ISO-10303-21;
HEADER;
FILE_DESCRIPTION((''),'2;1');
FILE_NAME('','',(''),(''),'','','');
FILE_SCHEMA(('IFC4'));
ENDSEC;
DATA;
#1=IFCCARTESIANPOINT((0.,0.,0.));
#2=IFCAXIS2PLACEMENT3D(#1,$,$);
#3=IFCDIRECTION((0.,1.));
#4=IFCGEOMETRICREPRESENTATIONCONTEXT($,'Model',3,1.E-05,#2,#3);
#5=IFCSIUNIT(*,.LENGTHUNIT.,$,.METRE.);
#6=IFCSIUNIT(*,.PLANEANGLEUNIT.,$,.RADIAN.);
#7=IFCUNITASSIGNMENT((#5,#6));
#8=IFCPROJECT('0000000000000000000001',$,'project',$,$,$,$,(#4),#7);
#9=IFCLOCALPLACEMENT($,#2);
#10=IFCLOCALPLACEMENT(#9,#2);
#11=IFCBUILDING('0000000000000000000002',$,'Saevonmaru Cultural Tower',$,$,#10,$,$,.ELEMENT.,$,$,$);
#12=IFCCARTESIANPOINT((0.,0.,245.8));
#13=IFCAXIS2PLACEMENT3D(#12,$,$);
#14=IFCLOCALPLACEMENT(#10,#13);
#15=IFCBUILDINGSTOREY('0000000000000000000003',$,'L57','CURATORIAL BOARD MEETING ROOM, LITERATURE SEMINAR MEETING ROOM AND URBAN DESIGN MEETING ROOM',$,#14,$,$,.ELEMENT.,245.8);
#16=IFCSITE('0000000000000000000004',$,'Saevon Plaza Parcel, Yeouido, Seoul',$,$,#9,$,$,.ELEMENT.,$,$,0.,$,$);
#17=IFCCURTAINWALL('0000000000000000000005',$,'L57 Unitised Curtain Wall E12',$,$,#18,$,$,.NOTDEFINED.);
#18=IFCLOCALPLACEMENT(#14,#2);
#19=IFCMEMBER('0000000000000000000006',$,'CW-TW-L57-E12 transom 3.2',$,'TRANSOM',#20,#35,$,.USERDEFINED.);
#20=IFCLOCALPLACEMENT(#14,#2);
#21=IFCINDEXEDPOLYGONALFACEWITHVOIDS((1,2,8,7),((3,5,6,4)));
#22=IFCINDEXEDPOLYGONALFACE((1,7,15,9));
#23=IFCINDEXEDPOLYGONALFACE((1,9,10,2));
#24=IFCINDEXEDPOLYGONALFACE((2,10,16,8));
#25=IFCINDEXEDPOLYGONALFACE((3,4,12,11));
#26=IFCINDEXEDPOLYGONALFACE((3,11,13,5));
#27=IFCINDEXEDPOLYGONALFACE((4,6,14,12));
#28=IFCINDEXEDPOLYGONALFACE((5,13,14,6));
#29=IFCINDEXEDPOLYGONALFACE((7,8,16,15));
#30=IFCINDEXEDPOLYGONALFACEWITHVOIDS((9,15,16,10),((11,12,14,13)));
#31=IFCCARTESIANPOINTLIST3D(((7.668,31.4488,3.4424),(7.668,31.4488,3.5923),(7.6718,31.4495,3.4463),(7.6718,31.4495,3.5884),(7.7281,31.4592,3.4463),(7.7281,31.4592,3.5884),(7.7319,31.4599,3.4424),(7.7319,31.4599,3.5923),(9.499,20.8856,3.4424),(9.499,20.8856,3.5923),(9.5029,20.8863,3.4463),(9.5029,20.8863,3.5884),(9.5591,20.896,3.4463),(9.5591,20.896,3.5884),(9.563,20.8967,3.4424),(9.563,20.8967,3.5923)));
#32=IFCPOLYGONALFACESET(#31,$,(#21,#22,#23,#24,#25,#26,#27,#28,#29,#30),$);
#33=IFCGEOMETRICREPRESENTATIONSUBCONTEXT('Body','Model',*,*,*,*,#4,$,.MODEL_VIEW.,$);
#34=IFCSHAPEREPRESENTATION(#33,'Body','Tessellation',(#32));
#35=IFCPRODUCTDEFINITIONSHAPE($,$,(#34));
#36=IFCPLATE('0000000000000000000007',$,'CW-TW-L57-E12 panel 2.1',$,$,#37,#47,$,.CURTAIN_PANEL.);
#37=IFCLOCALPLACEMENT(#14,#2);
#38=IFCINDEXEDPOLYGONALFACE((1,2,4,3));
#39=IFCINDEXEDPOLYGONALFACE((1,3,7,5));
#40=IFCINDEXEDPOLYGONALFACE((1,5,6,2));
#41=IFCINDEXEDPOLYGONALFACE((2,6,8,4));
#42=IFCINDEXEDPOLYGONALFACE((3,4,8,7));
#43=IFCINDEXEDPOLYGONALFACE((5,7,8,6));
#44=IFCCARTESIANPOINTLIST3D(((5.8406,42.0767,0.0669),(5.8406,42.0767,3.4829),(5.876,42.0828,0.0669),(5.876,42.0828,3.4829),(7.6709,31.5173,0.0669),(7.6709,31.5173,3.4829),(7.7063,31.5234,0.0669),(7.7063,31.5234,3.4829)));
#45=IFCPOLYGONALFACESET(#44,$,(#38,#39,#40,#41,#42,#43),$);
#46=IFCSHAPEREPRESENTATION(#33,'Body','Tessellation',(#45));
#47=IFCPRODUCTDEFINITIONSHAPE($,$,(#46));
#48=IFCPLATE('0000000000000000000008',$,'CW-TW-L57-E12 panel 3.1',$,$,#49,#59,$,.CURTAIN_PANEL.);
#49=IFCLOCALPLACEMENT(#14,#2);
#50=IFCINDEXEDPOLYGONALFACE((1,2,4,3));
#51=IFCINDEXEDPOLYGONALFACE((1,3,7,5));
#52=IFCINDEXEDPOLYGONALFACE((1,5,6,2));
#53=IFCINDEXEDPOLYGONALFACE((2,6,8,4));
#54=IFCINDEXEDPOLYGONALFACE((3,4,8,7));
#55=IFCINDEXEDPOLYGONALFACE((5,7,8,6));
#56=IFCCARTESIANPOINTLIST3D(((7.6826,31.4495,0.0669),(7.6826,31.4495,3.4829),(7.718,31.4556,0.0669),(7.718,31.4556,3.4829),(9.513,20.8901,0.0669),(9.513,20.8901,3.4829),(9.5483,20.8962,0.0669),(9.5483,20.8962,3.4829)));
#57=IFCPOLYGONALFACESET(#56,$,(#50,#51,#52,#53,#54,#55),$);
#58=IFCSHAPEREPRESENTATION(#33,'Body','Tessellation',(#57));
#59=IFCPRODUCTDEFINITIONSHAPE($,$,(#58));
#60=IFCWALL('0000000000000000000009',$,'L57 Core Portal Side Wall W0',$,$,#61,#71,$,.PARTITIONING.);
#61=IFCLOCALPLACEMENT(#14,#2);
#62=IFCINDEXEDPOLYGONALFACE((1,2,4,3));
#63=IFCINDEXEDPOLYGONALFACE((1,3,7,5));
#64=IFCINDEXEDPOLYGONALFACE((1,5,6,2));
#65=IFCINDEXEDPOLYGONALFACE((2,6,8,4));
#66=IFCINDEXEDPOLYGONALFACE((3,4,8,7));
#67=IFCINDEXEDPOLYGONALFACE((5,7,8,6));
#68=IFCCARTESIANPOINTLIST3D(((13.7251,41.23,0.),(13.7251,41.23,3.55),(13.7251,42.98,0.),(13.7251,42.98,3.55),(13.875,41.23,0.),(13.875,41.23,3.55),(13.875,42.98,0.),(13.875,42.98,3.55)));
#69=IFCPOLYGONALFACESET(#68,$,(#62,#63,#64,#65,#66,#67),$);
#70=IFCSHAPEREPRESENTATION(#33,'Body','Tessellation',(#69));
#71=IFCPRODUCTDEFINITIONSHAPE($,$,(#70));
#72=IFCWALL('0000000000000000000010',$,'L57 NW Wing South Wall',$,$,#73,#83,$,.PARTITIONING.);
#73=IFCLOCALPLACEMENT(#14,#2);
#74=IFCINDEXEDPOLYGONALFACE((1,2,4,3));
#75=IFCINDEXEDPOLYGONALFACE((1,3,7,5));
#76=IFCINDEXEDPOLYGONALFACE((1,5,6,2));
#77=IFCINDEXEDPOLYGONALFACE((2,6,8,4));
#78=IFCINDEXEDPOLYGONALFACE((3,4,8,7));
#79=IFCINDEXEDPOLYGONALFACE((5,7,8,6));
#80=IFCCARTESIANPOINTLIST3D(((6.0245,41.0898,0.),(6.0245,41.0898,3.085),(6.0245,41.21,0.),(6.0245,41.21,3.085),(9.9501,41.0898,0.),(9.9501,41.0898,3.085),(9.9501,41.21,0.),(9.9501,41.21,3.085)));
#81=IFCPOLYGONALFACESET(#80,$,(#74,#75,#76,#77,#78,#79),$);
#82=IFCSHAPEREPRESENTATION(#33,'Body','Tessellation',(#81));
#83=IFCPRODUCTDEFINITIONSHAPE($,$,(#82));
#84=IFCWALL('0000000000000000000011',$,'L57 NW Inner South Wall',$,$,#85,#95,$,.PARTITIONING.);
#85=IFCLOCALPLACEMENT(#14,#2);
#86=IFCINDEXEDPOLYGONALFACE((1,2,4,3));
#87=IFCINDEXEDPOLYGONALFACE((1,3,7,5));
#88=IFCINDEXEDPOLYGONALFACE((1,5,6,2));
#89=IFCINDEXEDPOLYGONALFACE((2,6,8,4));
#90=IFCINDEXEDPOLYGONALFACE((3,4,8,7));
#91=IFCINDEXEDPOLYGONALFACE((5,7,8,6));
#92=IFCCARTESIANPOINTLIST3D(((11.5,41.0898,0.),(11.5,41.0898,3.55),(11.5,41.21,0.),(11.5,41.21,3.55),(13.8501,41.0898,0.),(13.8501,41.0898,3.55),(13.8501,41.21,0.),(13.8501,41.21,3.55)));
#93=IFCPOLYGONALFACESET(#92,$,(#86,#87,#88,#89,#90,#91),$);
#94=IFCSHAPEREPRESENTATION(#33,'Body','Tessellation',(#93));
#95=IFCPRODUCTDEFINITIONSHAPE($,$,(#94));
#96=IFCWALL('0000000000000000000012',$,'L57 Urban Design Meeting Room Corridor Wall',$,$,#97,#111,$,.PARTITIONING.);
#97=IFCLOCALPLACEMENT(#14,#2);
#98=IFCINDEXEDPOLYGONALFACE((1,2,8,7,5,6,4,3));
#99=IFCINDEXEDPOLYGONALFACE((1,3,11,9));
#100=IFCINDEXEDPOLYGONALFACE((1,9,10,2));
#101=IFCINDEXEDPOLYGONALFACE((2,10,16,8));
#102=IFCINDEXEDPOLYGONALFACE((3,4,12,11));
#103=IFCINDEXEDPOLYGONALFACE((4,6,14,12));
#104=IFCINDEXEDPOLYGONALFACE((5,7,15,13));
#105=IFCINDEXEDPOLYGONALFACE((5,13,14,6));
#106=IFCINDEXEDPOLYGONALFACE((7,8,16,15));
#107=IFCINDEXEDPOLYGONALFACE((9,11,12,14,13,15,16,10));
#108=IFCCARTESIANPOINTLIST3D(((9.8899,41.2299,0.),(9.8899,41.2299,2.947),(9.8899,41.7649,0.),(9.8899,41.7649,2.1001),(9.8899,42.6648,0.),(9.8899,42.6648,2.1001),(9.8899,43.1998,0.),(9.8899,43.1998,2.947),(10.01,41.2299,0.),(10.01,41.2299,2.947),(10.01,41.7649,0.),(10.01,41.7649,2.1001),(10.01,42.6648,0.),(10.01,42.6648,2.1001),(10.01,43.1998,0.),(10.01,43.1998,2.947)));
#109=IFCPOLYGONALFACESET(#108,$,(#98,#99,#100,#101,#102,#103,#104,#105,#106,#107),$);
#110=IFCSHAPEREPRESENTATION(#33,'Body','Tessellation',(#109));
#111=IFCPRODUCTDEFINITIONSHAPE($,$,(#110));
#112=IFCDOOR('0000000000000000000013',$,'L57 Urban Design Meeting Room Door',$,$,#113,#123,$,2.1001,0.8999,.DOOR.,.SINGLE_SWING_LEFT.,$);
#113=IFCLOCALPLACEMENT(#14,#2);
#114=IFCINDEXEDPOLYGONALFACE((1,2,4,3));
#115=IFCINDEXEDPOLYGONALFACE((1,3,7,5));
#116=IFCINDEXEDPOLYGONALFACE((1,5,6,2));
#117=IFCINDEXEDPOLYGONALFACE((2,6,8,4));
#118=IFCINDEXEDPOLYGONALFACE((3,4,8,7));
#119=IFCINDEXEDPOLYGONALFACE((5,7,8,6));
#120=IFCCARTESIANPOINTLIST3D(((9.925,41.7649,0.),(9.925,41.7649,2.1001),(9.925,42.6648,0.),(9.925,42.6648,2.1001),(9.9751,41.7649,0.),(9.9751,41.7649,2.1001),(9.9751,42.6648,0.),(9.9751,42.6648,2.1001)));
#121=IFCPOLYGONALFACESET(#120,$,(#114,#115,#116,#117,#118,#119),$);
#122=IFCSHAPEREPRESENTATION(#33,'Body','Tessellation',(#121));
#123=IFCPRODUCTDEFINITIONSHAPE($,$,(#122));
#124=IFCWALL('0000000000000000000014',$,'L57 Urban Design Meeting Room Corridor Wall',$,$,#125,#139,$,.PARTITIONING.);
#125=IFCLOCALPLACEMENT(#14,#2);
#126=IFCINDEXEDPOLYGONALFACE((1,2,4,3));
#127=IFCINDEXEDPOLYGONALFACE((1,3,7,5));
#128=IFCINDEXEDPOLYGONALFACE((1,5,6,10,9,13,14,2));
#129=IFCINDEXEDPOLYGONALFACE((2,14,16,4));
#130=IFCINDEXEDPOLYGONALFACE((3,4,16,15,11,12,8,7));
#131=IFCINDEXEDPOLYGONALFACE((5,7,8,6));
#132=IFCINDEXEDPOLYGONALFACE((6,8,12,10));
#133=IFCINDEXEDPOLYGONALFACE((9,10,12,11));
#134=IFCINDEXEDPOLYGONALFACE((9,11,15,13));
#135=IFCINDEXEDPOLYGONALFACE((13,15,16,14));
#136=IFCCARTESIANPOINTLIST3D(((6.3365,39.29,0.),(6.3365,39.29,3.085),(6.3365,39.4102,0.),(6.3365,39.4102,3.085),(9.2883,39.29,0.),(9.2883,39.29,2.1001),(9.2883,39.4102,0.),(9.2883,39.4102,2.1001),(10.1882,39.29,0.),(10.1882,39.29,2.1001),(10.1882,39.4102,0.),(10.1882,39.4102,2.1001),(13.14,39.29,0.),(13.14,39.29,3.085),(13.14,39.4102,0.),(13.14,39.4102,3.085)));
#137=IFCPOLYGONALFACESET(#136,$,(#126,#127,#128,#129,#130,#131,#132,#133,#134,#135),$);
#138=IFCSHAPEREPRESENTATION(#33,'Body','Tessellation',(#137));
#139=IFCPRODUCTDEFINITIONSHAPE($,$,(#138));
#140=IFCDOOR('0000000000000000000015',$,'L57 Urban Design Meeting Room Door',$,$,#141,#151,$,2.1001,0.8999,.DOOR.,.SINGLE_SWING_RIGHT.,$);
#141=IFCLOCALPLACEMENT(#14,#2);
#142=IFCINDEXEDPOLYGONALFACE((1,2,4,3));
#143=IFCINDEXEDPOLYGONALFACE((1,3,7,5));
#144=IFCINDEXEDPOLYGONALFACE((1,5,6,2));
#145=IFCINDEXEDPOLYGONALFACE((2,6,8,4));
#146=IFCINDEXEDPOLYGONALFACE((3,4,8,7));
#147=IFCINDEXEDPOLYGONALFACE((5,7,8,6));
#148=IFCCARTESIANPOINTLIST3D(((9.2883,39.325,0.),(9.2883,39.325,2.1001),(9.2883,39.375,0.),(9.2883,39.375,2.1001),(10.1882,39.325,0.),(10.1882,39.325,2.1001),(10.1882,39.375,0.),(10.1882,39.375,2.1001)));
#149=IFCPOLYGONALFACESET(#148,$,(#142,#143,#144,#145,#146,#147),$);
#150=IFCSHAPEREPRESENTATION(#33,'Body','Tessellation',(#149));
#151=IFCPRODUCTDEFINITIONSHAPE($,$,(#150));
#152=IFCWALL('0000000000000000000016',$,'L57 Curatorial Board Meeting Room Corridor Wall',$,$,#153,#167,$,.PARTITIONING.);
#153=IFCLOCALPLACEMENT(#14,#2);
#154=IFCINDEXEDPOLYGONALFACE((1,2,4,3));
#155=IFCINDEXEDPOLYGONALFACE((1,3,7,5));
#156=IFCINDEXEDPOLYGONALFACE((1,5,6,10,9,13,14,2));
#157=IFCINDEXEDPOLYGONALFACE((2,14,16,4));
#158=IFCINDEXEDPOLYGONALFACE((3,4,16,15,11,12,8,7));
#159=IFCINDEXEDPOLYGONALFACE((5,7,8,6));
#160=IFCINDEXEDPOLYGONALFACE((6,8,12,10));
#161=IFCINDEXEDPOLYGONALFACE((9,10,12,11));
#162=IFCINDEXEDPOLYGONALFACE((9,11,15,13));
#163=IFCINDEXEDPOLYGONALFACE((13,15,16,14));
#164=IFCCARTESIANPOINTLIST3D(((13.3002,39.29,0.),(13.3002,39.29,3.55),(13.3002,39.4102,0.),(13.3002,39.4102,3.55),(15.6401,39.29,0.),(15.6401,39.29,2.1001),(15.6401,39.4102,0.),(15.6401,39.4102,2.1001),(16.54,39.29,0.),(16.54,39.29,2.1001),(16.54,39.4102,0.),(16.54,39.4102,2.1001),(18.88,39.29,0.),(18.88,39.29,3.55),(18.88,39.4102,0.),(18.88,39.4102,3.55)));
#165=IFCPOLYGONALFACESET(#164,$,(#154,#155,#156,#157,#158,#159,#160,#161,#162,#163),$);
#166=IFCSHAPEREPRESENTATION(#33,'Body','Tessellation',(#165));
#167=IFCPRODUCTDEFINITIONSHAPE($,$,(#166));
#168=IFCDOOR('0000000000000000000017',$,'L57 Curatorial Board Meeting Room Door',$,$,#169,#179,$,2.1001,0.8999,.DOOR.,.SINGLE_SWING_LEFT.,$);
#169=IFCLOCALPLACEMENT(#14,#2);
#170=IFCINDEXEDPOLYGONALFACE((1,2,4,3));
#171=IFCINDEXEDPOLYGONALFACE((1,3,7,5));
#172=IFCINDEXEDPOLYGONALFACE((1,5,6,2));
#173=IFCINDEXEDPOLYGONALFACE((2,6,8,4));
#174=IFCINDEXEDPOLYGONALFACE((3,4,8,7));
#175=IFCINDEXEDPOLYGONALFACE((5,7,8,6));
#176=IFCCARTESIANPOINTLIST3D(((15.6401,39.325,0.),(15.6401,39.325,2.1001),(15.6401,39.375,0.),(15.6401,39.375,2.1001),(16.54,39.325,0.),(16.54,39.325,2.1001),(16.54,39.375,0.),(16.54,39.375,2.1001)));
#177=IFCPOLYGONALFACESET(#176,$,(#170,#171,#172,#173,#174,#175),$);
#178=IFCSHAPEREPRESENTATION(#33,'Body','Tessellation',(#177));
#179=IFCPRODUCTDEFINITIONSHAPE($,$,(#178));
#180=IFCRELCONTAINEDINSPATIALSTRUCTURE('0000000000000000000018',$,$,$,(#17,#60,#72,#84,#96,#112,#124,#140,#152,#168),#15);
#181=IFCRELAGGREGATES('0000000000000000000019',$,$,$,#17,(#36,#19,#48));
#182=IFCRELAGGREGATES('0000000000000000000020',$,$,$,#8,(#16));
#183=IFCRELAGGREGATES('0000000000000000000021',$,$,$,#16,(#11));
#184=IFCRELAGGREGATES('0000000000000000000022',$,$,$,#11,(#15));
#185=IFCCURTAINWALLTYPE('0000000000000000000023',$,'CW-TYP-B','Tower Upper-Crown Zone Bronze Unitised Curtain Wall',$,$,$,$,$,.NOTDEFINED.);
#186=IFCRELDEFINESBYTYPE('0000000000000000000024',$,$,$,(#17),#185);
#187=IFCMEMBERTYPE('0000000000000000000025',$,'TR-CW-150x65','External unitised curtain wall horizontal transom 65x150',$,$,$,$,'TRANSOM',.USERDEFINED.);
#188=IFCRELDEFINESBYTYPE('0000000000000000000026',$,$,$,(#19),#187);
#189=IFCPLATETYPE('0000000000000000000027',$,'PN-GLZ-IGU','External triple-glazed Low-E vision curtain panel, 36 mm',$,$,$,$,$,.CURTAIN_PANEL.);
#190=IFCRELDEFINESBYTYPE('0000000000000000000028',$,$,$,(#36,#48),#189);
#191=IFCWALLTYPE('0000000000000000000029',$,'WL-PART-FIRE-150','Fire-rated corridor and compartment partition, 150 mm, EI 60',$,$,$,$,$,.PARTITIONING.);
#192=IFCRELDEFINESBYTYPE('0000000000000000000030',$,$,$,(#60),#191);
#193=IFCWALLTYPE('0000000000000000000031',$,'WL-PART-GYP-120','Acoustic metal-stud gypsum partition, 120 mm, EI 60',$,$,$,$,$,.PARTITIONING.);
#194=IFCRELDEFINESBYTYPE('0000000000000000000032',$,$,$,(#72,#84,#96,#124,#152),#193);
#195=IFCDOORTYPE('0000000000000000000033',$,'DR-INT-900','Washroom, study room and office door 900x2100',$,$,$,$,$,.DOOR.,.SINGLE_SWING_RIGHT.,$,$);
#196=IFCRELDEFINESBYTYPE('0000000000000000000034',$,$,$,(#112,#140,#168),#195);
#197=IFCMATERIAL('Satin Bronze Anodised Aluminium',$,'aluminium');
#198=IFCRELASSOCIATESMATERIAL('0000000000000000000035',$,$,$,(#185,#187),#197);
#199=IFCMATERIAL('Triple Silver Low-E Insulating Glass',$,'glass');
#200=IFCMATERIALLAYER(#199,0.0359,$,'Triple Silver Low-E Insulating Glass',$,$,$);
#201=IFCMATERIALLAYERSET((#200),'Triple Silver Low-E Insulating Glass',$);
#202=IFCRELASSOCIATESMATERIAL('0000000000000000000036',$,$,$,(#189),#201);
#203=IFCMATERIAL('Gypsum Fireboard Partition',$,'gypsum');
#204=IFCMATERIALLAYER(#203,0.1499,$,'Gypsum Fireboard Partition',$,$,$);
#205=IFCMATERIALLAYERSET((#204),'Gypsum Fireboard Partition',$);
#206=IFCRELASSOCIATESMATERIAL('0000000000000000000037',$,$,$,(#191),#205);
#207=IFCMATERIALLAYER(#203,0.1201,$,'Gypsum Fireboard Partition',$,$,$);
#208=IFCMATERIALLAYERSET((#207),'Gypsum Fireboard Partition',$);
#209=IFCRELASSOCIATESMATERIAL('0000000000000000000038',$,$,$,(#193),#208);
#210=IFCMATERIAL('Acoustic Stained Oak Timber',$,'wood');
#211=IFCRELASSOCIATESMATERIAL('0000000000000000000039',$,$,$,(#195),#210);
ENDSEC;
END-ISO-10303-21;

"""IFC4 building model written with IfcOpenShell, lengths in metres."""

from ifc_helpers import new_model, si_unit, direction, frame, frame_2d, origin, origin_2d, place, context, subcontext, project, spatial, rectangle, hollow_rectangle, extrude, material, layer, layer_set, material_profile, profile_set, type_object, element, fill, aggregate, save


model = new_model("IFC4")

# Units and contexts
model_context = context("Model", 3, precision=1e-05, world=origin(), true_north=direction((0.0, 1.0)))
body_context = subcontext(model_context, "Body", "Model", "MODEL_VIEW")
ifc_project = project(units=[si_unit("LENGTHUNIT", "METRE"), si_unit("PLANEANGLEUNIT", "RADIAN")], contexts=[model_context])

# Site, building, storey
site_placement = place(None, origin())
site = spatial("IfcSite", under=ifc_project, at=site_placement, Name="Saevon Plaza Parcel, Yeouido, Seoul", CompositionType="ELEMENT", RefElevation=0.0)
building_placement = place(site_placement, origin())
building = spatial("IfcBuilding", under=site, at=building_placement, Name="Saevonmaru Cultural Tower", CompositionType="ELEMENT")
storey_placement = place(building_placement, frame((0.0, 0.0, 245.8)))
storey = spatial("IfcBuildingStorey", under=building, at=storey_placement, Name="L57", Description="CURATORIAL BOARD MEETING ROOM, LITERATURE SEMINAR MEETING ROOM AND URBAN DESIGN MEETING ROOM", CompositionType="ELEMENT", Elevation=245.8)

# Curtain wall, member, plates
ifc_material_1 = material(Name="Satin Bronze Anodised Aluminium", Category="aluminium")
curtain_wall_type = type_object("IfcCurtainWallType", Name="CW-TYP-B", Description="Tower Upper-Crown Zone Bronze Unitised Curtain Wall", PredefinedType="NOTDEFINED", material=ifc_material_1)
curtain_wall_placement = place(storey_placement, origin())
curtain_wall = element("IfcCurtainWall", 1, at=curtain_wall_placement, inside=storey, type_object=curtain_wall_type, Name="L57 Unitised Curtain Wall E12", PredefinedType="NOTDEFINED")
ifc_material_profile_1 = material_profile(ifc_material_1, hollow_rectangle(XDim=0.0649, YDim=0.1499, WallThickness=0.0039, at=origin_2d()), Name="ALU-TRAN-150x65x4")
ifc_profile_set_1 = profile_set([ifc_material_profile_1], Name="Satin Bronze Anodised Aluminium")
member_type_1 = type_object("IfcMemberType", Name="TR-CW-150x65", Description="External unitised curtain wall horizontal transom 65x150", ElementType="TRANSOM", PredefinedType="USERDEFINED", material=ifc_profile_set_1)
member_1_placement = place(storey_placement, frame((7.7, 31.4543, 3.5173), z_axis=(0.170795, -0.985307, 0.0), x_axis=(0.985307, 0.170795, 0.0)))
member_1 = element("IfcMember", 2, at=member_1_placement, type_object=member_type_1, Name="CW-TW-L57-E12 transom 3.2", ObjectType="TRANSOM", PredefinedType="USERDEFINED", context=body_context, shape_type="SweptSolid", body=[
    extrude(hollow_rectangle(XDim=0.0649, YDim=0.1499, WallThickness=0.0039, at=origin_2d()), origin(), (0.0, 0.0, 1.0), 10.7207),
])
ifc_material_2 = material(Name="Triple Silver Low-E Insulating Glass", Category="glass")
ifc_layer_1 = layer(ifc_material_2, 0.0359, Name="Triple Silver Low-E Insulating Glass")
ifc_layer_set_1 = layer_set([ifc_layer_1], Name="Triple Silver Low-E Insulating Glass")
plate_type = type_object("IfcPlateType", Name="PN-GLZ-IGU", Description="External triple-glazed Low-E vision curtain panel, 36 mm", PredefinedType="CURTAIN_PANEL", material=ifc_layer_set_1)
plate_1_placement = place(storey_placement, frame((6.7734, 36.8, 0.0669), z_axis=(0.0, 0.0, 1.0), x_axis=(0.17079, -0.985307, 0.0)))
plate_1 = element("IfcPlate", 3, at=plate_1_placement, type_object=plate_type, Name="CW-TW-L57-E12 panel 2.1", PredefinedType="CURTAIN_PANEL", context=body_context, shape_type="SweptSolid", body=[
    extrude(rectangle(XDim=10.7168, YDim=0.0359, at=origin_2d()), origin(), (0.0, 0.0, 1.0), 3.416),
])
plate_2_placement = place(storey_placement, frame((8.6155, 26.1729, 0.0669), z_axis=(0.0, 0.0, 1.0), x_axis=(0.17079, -0.985307, 0.0)))
plate_2 = element("IfcPlate", 4, at=plate_2_placement, type_object=plate_type, Name="CW-TW-L57-E12 panel 3.1", PredefinedType="CURTAIN_PANEL", context=body_context, shape_type="SweptSolid", body=[
    extrude(rectangle(XDim=10.7168, YDim=0.0359, at=origin_2d()), origin(), (0.0, 0.0, 1.0), 3.416),
])
aggregate(curtain_wall, [plate_1, member_1, plate_2])

# Walls
ifc_material_3 = material(Name="Gypsum Fireboard Partition", Category="gypsum")
ifc_layer_2 = layer(ifc_material_3, 0.1499, Name="Gypsum Fireboard Partition")
ifc_layer_set_2 = layer_set([ifc_layer_2], Name="Gypsum Fireboard Partition")
wall_type_1 = type_object("IfcWallType", Name="WL-PART-FIRE-150", Description="Fire-rated corridor and compartment partition, 150 mm, EI 60", PredefinedType="PARTITIONING", material=ifc_layer_set_2)
wall_1_placement = place(storey_placement, frame((13.8, 41.23, 0.0), z_axis=(0.0, 0.0, 1.0), x_axis=(0.0, 1.0, 0.0)))
element("IfcWall", 5, at=wall_1_placement, inside=storey, type_object=wall_type_1, Name="L57 Core Portal Side Wall W0", PredefinedType="PARTITIONING", context=body_context, shape_type="SweptSolid", body=[
    extrude(rectangle(XDim=1.75, YDim=0.1499, at=frame_2d((0.875, 0.0))), origin(), (0.0, 0.0, 1.0), 3.55),
])
ifc_layer_3 = layer(ifc_material_3, 0.1201, Name="Gypsum Fireboard Partition")
ifc_layer_set_3 = layer_set([ifc_layer_3], Name="Gypsum Fireboard Partition")
wall_type_2 = type_object("IfcWallType", Name="WL-PART-GYP-120", Description="Acoustic metal-stud gypsum partition, 120 mm, EI 60", PredefinedType="PARTITIONING", material=ifc_layer_set_3)
wall_2_placement = place(storey_placement, frame((6.0244, 41.1499, 0.0), z_axis=(0.0, 0.0, 1.0), x_axis=(1.0, 0.0, 0.0)))
element("IfcWall", 6, at=wall_2_placement, inside=storey, type_object=wall_type_2, Name="L57 NW Wing South Wall", PredefinedType="PARTITIONING", context=body_context, shape_type="SweptSolid", body=[
    extrude(rectangle(XDim=3.9255, YDim=0.1201, at=frame_2d((1.9629, 0.0))), origin(), (0.0, 0.0, 1.0), 3.085),
])
wall_3_placement = place(storey_placement, frame((11.5, 41.1499, 0.0), z_axis=(0.0, 0.0, 1.0), x_axis=(1.0, 0.0, 0.0)))
element("IfcWall", 7, at=wall_3_placement, inside=storey, type_object=wall_type_2, Name="L57 NW Inner South Wall", PredefinedType="PARTITIONING", context=body_context, shape_type="SweptSolid", body=[
    extrude(rectangle(XDim=2.3501, YDim=0.1201, at=frame_2d((1.175, 0.0))), origin(), (0.0, 0.0, 1.0), 3.55),
])

# Walls, openings, doors
wall_4_placement = place(storey_placement, frame((9.95, 41.23, 0.0), z_axis=(0.0, 0.0, 1.0), x_axis=(0.0, 1.0, 0.0)))
wall_4 = element("IfcWall", 8, at=wall_4_placement, inside=storey, type_object=wall_type_2, Name="L57 Urban Design Meeting Room Corridor Wall", PredefinedType="PARTITIONING", context=body_context, shape_type="SweptSolid", body=[
    extrude(rectangle(XDim=1.97, YDim=0.1201, at=frame_2d((0.9849, 0.0))), origin(), (0.0, 0.0, 1.0), 2.947),
])
opening_1_placement = place(wall_4_placement, frame((0.5349, 0.0, 0.0)))
opening_1 = element("IfcOpeningElement", 9, at=opening_1_placement, cuts=wall_4, PredefinedType="OPENING", context=body_context, shape_type="SweptSolid", body=[
    extrude(rectangle(XDim=0.8999, YDim=2.1001, at=frame_2d((0.45, 1.05))), frame((0.0, 0.0701, 0.0), z_axis=(0.0, -1.0, 0.0), x_axis=(1.0, 0.0, 0.0)), (0.0, 0.0, 1.0), 0.1401),
])
ifc_material_4 = material(Name="Acoustic Stained Oak Timber", Category="wood")
door_type = type_object("IfcDoorType", Name="DR-INT-900", Description="Washroom, study room and office door 900x2100", OperationType="SINGLE_SWING_RIGHT", PredefinedType="DOOR", material=ifc_material_4)
door_1_placement = place(opening_1_placement, origin())
door_1 = element("IfcDoor", 10, at=door_1_placement, inside=storey, type_object=door_type, Name="L57 Urban Design Meeting Room Door", OperationType="SINGLE_SWING_LEFT", OverallHeight=2.1001, OverallWidth=0.8999, PredefinedType="DOOR", context=body_context, shape_type="SweptSolid", body=[
    extrude(rectangle(XDim=0.8999, YDim=2.1001, at=frame_2d((0.45, 1.05))), frame((0.0, 0.0249, 0.0), z_axis=(0.0, -1.0, 0.0), x_axis=(1.0, 0.0, 0.0)), (0.0, 0.0, 1.0), 0.05),
])
fill(opening_1, door_1)
wall_5_placement = place(storey_placement, frame((6.3364, 39.3501, 0.0), z_axis=(0.0, 0.0, 1.0), x_axis=(1.0, 0.0, 0.0)))
wall_5 = element("IfcWall", 11, at=wall_5_placement, inside=storey, type_object=wall_type_2, Name="L57 Urban Design Meeting Room Corridor Wall", PredefinedType="PARTITIONING", context=body_context, shape_type="SweptSolid", body=[
    extrude(rectangle(XDim=6.8035, YDim=0.1201, at=frame_2d((3.4019, 0.0))), origin(), (0.0, 0.0, 1.0), 3.085),
])
opening_2_placement = place(wall_5_placement, frame((2.9519, 0.0, 0.0)))
opening_2 = element("IfcOpeningElement", 12, at=opening_2_placement, cuts=wall_5, PredefinedType="OPENING", context=body_context, shape_type="SweptSolid", body=[
    extrude(rectangle(XDim=0.8999, YDim=2.1001, at=frame_2d((0.45, 1.05))), frame((0.0, 0.0701, 0.0), z_axis=(0.0, -1.0, 0.0), x_axis=(1.0, 0.0, 0.0)), (0.0, 0.0, 1.0), 0.1401),
])
door_2_placement = place(opening_2_placement, origin())
door_2 = element("IfcDoor", 13, at=door_2_placement, inside=storey, type_object=door_type, Name="L57 Urban Design Meeting Room Door", OperationType="SINGLE_SWING_RIGHT", OverallHeight=2.1001, OverallWidth=0.8999, PredefinedType="DOOR", context=body_context, shape_type="SweptSolid", body=[
    extrude(rectangle(XDim=0.8999, YDim=2.1001, at=frame_2d((0.45, 1.05))), frame((0.0, 0.0249, 0.0), z_axis=(0.0, -1.0, 0.0), x_axis=(1.0, 0.0, 0.0)), (0.0, 0.0, 1.0), 0.05),
])
fill(opening_2, door_2)
wall_6_placement = place(storey_placement, frame((13.3, 39.3501, 0.0), z_axis=(0.0, 0.0, 1.0), x_axis=(1.0, 0.0, 0.0)))
wall_6 = element("IfcWall", 14, at=wall_6_placement, inside=storey, type_object=wall_type_2, Name="L57 Curatorial Board Meeting Room Corridor Wall", PredefinedType="PARTITIONING", context=body_context, shape_type="SweptSolid", body=[
    extrude(rectangle(XDim=5.5798, YDim=0.1201, at=frame_2d((2.79, 0.0))), origin(), (0.0, 0.0, 1.0), 3.55),
])
opening_3_placement = place(wall_6_placement, frame((2.3401, 0.0, 0.0)))
opening_3 = element("IfcOpeningElement", 15, at=opening_3_placement, cuts=wall_6, PredefinedType="OPENING", context=body_context, shape_type="SweptSolid", body=[
    extrude(rectangle(XDim=0.8999, YDim=2.1001, at=frame_2d((0.45, 1.05))), frame((0.0, 0.0701, 0.0), z_axis=(0.0, -1.0, 0.0), x_axis=(1.0, 0.0, 0.0)), (0.0, 0.0, 1.0), 0.1401),
])
door_3_placement = place(opening_3_placement, origin())
door_3 = element("IfcDoor", 16, at=door_3_placement, inside=storey, type_object=door_type, Name="L57 Curatorial Board Meeting Room Door", OperationType="SINGLE_SWING_LEFT", OverallHeight=2.1001, OverallWidth=0.8999, PredefinedType="DOOR", context=body_context, shape_type="SweptSolid", body=[
    extrude(rectangle(XDim=0.8999, YDim=2.1001, at=frame_2d((0.45, 1.05))), frame((0.0, 0.0249, 0.0), z_axis=(0.0, -1.0, 0.0), x_axis=(1.0, 0.0, 0.0)), (0.0, 0.0, 1.0), 0.05),
])
fill(opening_3, door_3)

save(model, "model.ifc")
